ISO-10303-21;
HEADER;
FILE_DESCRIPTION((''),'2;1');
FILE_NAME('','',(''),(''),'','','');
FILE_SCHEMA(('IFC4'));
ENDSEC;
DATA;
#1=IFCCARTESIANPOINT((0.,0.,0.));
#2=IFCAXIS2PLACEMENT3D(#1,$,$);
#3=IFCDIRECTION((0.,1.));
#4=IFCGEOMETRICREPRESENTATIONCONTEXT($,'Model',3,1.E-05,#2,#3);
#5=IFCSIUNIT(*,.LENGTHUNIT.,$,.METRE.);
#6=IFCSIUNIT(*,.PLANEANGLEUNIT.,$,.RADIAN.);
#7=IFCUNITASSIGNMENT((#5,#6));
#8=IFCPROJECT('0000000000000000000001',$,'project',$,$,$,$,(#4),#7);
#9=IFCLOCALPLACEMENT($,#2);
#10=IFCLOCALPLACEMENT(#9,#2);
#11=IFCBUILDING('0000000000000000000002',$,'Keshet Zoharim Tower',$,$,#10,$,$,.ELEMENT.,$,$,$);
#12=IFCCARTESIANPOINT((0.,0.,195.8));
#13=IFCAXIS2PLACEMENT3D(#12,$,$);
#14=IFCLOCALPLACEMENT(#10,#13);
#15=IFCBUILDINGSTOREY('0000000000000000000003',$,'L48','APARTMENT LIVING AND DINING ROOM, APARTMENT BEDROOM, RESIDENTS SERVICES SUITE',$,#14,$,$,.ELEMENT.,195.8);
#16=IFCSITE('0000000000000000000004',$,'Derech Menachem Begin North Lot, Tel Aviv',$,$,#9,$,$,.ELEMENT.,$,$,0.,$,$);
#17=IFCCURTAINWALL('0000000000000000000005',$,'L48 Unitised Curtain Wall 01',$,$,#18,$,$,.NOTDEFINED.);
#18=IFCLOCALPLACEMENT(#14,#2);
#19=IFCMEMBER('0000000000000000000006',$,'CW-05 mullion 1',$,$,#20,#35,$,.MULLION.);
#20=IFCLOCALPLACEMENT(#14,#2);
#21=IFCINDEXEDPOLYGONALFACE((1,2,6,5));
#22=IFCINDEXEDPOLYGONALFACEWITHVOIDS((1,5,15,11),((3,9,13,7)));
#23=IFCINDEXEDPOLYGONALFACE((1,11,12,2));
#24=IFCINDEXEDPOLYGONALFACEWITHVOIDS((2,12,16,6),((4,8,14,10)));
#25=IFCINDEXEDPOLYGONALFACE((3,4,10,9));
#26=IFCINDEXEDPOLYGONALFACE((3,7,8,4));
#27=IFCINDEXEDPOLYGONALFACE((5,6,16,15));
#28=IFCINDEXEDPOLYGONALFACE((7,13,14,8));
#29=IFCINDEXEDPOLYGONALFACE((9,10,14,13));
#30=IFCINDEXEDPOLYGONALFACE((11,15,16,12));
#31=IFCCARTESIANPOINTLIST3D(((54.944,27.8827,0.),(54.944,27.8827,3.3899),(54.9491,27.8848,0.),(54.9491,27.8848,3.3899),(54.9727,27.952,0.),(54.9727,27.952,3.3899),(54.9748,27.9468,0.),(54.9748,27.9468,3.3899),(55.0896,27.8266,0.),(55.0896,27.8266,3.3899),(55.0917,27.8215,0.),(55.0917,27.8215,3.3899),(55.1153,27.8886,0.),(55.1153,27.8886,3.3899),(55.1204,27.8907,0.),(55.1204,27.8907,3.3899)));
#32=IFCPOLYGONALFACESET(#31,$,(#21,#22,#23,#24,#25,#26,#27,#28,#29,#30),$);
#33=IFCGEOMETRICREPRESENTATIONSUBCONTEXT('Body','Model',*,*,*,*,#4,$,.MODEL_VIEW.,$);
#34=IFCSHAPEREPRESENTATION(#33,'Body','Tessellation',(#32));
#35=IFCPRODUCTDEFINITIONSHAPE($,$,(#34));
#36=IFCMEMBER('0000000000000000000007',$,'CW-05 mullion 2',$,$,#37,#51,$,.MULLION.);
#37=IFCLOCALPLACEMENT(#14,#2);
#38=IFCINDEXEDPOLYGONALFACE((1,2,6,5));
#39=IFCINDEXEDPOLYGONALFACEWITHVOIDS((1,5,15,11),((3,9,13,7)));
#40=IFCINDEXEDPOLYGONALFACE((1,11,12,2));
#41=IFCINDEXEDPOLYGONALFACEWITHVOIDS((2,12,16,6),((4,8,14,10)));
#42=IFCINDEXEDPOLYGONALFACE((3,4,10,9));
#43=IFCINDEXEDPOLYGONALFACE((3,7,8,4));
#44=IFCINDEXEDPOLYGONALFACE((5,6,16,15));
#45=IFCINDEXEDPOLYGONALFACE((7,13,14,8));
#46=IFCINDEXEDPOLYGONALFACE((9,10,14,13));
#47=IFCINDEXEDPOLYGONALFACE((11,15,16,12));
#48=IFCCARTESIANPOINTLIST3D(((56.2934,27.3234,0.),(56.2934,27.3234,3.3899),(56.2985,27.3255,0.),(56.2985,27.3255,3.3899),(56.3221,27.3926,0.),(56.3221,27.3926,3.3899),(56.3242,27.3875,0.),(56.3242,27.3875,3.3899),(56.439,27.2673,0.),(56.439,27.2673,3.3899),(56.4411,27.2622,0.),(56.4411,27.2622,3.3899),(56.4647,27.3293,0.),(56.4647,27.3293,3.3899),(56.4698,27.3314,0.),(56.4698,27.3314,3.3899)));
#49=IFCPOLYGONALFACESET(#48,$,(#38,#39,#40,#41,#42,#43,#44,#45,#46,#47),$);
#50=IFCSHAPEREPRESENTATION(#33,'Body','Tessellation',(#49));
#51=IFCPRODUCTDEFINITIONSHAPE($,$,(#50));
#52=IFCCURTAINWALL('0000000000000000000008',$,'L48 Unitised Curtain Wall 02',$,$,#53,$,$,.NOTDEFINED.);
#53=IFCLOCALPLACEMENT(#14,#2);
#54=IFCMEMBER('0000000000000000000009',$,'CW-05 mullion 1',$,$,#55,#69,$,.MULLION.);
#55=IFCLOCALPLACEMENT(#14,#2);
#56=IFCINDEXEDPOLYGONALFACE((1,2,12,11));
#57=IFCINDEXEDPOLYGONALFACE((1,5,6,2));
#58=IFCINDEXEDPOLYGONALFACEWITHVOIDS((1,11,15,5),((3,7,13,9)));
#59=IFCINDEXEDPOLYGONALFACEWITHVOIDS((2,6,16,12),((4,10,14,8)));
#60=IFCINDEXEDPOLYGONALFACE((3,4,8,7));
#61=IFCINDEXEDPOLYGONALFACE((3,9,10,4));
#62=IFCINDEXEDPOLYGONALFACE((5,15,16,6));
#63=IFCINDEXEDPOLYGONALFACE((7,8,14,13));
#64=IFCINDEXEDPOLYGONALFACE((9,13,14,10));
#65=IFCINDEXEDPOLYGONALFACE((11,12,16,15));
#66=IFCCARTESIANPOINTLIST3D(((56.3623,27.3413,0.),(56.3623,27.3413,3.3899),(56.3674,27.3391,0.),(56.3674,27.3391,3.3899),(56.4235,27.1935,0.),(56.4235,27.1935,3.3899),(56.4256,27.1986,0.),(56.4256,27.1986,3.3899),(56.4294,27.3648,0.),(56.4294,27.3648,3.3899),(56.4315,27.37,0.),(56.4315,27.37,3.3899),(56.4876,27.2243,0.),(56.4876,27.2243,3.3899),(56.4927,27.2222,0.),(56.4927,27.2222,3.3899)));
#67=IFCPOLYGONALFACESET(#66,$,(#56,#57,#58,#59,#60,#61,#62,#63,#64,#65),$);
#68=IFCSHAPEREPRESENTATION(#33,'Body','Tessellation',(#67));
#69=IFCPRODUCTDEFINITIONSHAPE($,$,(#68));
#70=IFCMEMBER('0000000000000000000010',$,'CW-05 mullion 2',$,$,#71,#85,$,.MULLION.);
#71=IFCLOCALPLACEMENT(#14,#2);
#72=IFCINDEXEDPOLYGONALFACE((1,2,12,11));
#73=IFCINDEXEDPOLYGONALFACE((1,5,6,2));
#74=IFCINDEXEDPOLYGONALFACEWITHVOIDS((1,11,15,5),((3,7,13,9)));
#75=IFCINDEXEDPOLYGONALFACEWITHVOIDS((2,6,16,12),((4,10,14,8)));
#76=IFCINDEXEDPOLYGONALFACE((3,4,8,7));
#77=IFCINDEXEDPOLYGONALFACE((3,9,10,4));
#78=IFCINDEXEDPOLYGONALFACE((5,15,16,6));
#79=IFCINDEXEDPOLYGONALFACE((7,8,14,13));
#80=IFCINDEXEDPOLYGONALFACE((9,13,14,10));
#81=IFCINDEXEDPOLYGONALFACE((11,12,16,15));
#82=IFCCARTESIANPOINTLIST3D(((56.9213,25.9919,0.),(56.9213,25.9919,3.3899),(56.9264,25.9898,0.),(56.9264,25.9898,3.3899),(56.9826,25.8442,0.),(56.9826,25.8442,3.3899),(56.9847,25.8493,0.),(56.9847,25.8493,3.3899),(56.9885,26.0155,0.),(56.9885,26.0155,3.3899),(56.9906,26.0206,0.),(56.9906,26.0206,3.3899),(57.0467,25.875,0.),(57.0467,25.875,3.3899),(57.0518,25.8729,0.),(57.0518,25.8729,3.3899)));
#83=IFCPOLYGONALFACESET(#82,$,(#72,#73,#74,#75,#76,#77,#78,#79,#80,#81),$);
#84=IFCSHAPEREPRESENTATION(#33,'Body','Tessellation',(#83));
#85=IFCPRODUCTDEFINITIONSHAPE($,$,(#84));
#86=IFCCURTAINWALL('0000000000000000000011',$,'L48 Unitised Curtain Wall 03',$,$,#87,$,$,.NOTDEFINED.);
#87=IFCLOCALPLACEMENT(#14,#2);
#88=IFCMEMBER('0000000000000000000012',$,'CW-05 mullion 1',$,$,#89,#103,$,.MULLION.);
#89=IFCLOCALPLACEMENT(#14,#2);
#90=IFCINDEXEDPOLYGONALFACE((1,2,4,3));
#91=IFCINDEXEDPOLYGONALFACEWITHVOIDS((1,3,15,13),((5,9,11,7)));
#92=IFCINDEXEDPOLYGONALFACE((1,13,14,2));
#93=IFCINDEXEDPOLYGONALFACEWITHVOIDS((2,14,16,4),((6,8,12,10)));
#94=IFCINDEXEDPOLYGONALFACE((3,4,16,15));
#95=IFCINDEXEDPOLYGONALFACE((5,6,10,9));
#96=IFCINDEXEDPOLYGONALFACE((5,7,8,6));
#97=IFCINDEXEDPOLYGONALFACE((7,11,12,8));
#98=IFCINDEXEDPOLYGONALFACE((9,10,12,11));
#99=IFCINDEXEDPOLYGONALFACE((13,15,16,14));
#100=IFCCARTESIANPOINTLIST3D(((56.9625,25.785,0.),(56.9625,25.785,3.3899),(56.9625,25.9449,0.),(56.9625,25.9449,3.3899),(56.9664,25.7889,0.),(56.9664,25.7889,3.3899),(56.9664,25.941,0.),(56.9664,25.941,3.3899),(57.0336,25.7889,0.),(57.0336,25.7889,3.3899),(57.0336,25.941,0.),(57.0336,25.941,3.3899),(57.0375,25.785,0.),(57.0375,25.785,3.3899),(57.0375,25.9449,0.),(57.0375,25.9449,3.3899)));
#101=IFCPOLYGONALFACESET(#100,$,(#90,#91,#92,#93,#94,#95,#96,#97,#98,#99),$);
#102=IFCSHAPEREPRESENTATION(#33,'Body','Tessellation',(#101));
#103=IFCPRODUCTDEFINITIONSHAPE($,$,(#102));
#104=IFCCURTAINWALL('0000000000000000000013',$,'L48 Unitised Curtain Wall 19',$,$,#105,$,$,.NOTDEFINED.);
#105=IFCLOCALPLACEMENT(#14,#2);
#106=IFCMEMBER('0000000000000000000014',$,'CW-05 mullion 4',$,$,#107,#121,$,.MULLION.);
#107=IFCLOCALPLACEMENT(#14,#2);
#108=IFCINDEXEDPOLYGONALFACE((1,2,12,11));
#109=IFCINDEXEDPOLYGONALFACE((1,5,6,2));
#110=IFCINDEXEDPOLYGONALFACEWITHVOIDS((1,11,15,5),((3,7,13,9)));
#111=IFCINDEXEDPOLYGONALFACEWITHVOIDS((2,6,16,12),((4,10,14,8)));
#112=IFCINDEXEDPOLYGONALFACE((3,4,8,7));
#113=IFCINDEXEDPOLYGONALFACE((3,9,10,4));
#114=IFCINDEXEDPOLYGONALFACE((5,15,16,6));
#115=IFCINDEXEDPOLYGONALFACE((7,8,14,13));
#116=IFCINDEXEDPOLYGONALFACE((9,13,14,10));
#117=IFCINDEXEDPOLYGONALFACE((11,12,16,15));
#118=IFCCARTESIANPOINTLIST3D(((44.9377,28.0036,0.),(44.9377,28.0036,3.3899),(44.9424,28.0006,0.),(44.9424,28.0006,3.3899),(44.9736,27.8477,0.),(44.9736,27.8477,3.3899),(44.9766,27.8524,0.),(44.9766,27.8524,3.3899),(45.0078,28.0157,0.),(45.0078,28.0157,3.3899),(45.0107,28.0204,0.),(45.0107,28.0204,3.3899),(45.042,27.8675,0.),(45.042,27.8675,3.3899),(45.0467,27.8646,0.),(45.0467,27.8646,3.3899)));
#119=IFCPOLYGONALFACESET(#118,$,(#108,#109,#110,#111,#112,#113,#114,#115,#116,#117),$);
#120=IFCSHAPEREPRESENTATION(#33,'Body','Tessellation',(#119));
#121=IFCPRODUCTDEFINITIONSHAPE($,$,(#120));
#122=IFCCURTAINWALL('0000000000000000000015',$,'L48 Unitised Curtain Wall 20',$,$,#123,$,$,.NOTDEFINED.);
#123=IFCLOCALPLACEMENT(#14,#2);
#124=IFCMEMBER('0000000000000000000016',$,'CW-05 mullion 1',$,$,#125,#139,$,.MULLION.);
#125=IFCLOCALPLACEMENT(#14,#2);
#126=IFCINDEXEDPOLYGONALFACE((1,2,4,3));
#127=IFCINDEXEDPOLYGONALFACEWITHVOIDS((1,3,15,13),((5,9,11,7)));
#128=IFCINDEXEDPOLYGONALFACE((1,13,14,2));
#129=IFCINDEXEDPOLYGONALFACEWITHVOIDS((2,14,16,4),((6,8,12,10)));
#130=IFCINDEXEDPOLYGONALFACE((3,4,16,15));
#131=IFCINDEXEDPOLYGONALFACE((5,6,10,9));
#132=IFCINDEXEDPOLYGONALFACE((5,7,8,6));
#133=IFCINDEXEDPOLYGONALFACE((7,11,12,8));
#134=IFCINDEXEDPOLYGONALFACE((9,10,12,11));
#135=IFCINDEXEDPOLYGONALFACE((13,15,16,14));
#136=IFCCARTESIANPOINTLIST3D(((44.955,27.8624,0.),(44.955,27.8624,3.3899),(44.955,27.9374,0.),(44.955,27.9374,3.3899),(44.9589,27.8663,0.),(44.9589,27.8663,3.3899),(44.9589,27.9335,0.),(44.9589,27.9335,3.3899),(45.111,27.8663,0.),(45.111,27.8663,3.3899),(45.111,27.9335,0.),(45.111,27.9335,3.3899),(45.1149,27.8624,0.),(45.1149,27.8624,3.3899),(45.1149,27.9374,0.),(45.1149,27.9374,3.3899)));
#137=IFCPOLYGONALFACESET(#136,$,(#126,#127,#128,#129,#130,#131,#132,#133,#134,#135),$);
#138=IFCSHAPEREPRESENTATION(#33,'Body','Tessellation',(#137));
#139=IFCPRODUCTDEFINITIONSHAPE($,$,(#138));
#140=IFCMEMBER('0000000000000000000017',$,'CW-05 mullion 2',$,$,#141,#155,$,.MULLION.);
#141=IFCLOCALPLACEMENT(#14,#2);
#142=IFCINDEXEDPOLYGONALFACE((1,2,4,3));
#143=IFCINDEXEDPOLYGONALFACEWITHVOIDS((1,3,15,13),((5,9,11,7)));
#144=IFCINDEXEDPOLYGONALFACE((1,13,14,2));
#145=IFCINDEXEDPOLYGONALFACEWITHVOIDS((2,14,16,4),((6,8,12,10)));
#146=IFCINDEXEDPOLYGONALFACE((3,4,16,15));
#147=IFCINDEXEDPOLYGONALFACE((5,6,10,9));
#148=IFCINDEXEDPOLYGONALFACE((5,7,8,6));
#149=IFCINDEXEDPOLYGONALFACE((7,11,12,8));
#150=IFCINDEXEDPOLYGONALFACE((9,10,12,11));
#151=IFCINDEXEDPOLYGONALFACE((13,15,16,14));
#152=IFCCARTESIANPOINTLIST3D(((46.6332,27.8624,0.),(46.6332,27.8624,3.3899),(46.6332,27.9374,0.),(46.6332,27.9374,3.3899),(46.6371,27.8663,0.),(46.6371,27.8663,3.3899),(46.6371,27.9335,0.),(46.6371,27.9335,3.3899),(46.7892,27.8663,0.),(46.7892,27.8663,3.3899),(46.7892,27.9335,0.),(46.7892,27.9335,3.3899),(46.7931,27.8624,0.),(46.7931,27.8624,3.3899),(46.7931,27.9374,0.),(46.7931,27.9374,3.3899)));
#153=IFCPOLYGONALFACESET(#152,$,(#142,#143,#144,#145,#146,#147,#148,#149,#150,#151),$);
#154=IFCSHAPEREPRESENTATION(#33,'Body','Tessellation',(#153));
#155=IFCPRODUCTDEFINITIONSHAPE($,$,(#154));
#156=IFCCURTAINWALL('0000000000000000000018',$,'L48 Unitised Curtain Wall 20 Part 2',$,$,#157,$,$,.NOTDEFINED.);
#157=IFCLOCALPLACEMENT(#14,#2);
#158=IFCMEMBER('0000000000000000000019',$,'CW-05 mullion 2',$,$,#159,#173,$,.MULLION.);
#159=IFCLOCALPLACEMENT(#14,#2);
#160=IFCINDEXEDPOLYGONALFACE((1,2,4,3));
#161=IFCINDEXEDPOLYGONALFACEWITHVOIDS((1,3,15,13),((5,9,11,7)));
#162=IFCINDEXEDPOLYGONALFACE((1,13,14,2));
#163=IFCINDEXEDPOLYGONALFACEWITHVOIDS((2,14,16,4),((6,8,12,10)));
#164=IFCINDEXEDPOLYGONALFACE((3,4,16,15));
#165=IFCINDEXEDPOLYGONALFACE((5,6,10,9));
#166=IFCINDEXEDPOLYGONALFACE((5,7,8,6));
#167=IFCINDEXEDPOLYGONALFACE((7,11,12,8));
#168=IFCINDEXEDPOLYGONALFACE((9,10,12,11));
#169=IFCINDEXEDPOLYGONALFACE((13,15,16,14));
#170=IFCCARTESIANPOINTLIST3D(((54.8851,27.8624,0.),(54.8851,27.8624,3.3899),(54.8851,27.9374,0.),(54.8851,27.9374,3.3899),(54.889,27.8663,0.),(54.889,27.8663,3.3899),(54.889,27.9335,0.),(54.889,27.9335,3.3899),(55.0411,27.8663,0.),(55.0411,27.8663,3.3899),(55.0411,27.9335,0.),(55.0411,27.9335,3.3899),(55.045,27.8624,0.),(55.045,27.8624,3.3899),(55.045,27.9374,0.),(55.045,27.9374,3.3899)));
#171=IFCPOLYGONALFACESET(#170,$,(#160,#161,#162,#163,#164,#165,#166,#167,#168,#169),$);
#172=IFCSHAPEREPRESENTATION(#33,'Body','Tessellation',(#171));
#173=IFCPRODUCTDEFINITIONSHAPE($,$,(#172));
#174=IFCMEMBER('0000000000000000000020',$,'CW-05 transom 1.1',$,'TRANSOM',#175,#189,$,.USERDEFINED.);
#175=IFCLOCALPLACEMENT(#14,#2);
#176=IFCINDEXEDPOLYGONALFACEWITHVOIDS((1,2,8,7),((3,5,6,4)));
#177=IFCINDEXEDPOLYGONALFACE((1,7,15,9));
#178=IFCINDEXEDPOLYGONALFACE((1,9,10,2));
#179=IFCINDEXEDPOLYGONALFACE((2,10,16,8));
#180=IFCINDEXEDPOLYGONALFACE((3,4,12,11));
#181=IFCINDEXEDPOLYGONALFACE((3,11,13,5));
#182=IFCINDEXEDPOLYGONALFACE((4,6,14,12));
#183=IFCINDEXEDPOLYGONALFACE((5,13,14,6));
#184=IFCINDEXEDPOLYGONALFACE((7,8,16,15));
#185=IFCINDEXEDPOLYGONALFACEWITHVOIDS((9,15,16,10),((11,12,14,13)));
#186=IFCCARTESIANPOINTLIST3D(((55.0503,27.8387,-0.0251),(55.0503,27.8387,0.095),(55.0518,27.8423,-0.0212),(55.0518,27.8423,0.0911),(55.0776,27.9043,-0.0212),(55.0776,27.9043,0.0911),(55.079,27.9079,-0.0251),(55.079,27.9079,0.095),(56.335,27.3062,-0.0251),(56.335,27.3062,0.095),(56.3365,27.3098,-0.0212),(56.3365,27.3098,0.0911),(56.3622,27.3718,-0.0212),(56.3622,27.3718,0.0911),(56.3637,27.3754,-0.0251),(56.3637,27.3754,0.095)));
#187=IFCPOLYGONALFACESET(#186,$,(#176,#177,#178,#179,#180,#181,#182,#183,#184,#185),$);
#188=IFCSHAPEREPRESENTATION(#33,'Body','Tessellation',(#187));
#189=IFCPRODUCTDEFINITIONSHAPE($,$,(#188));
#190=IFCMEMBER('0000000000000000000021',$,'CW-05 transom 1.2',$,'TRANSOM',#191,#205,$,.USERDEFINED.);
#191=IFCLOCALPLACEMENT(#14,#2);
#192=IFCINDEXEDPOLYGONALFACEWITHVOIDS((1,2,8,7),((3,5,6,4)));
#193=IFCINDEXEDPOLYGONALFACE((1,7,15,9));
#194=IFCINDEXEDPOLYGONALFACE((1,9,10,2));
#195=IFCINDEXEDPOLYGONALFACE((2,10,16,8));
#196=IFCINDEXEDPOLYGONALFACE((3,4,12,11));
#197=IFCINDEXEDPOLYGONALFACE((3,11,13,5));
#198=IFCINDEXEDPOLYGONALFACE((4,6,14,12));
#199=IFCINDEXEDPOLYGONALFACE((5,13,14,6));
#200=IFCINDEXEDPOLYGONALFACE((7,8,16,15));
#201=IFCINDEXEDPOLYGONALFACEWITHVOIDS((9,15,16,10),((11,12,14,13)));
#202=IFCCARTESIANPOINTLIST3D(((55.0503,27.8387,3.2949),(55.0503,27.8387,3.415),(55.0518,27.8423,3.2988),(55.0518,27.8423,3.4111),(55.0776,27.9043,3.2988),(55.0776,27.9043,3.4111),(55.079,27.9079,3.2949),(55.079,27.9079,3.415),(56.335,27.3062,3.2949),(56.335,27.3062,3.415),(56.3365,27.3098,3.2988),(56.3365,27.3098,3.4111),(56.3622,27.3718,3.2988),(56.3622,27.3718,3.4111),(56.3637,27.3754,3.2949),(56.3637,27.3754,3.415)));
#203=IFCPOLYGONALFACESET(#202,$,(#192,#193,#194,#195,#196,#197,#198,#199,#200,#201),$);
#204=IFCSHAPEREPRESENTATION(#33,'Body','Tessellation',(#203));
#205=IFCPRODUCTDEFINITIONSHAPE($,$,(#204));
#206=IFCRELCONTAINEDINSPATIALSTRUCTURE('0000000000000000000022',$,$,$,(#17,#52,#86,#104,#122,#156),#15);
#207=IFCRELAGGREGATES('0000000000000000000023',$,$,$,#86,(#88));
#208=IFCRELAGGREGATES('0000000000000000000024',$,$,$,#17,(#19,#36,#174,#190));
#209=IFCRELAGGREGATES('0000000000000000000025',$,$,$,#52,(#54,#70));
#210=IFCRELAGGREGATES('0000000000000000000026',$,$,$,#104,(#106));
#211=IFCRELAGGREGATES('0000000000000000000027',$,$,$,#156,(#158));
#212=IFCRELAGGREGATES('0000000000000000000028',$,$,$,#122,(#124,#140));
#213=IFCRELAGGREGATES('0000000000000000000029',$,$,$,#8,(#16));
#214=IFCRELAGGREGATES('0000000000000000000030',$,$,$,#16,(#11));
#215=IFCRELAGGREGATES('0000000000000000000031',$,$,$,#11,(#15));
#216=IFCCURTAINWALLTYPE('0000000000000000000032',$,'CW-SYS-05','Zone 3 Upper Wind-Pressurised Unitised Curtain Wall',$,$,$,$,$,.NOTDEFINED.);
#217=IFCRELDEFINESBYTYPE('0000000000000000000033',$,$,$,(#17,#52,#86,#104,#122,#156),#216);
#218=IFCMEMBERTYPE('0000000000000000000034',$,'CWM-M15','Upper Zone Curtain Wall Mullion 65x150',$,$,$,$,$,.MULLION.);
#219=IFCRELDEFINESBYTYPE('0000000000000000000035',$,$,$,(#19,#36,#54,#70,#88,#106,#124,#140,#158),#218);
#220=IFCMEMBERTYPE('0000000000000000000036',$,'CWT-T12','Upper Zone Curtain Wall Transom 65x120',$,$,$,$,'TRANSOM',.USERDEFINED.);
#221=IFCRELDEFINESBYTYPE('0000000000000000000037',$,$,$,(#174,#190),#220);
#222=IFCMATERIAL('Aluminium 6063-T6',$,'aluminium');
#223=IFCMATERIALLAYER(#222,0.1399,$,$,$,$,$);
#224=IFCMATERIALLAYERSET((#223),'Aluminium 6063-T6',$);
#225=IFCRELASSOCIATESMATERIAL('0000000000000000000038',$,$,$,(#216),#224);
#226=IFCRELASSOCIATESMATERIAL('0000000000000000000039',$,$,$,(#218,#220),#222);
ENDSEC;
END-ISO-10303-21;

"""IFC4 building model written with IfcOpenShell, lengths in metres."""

from ifc_helpers import new_model, si_unit, direction, frame, origin, origin_2d, place, context, subcontext, project, spatial, hollow_rectangle, extrude, material, layer, layer_set, material_profile, profile_set, type_object, element, aggregate, save


model = new_model("IFC4")

# Units and contexts
model_context = context("Model", 3, precision=1e-05, world=origin(), true_north=direction((0.0, 1.0)))
body_context = subcontext(model_context, "Body", "Model", "MODEL_VIEW")
ifc_project = project(units=[si_unit("LENGTHUNIT", "METRE"), si_unit("PLANEANGLEUNIT", "RADIAN")], contexts=[model_context])

# Site, building, storey
site_placement = place(None, origin())
site = spatial("IfcSite", under=ifc_project, at=site_placement, Name="Derech Menachem Begin North Lot, Tel Aviv", CompositionType="ELEMENT", RefElevation=0.0)
building_placement = place(site_placement, origin())
building = spatial("IfcBuilding", under=site, at=building_placement, Name="Keshet Zoharim Tower", CompositionType="ELEMENT")
storey_placement = place(building_placement, frame((0.0, 0.0, 195.8)))
storey = spatial("IfcBuildingStorey", under=building, at=storey_placement, Name="L48", Description="APARTMENT LIVING AND DINING ROOM, APARTMENT BEDROOM, RESIDENTS SERVICES SUITE", CompositionType="ELEMENT", Elevation=195.8)

# Curtain walls, members
ifc_material_1 = material(Name="Aluminium 6063-T6", Category="aluminium")
ifc_layer_1 = layer(ifc_material_1, 0.1399)
ifc_layer_set_1 = layer_set([ifc_layer_1], Name="Aluminium 6063-T6")
curtain_wall_type = type_object("IfcCurtainWallType", Name="CW-SYS-05", Description="Zone 3 Upper Wind-Pressurised Unitised Curtain Wall", PredefinedType="NOTDEFINED", material=ifc_layer_set_1)
curtain_wall_1_placement = place(storey_placement, origin())
curtain_wall_1 = element("IfcCurtainWall", 1, at=curtain_wall_1_placement, inside=storey, type_object=curtain_wall_type, Name="L48 Unitised Curtain Wall 01", PredefinedType="NOTDEFINED")
ifc_material_profile_1 = material_profile(ifc_material_1, hollow_rectangle(XDim=0.075, YDim=0.1599, WallThickness=0.0039, at=origin_2d()), Name="MUL-75x160")
ifc_profile_set_1 = profile_set([ifc_material_profile_1], Name="Aluminium 6063-T6")
member_type_1 = type_object("IfcMemberType", Name="CWM-M15", Description="Upper Zone Curtain Wall Mullion 65x150", PredefinedType="MULLION", material=ifc_profile_set_1)
member_1_placement = place(storey_placement, frame((55.0322, 27.8867, 0.0), z_axis=(0.0, 0.0, 1.0), x_axis=(0.382852, 0.92381, 0.0)))
member_1 = element("IfcMember", 2, at=member_1_placement, type_object=member_type_1, Name="CW-05 mullion 1", PredefinedType="MULLION", context=body_context, shape_type="SweptSolid", body=[
    extrude(hollow_rectangle(XDim=0.075, YDim=0.1599, WallThickness=0.0039, at=origin_2d()), origin(), (0.0, 0.0, 1.0), 3.3899),
])
member_2_placement = place(storey_placement, frame((56.3816, 27.3274, 0.0), z_axis=(0.0, 0.0, 1.0), x_axis=(0.382852, 0.92381, 0.0)))
member_2 = element("IfcMember", 3, at=member_2_placement, type_object=member_type_1, Name="CW-05 mullion 2", PredefinedType="MULLION", context=body_context, shape_type="SweptSolid", body=[
    extrude(hollow_rectangle(XDim=0.075, YDim=0.1599, WallThickness=0.0039, at=origin_2d()), origin(), (0.0, 0.0, 1.0), 3.3899),
])
curtain_wall_2_placement = place(storey_placement, origin())
curtain_wall_2 = element("IfcCurtainWall", 4, at=curtain_wall_2_placement, inside=storey, type_object=curtain_wall_type, Name="L48 Unitised Curtain Wall 02", PredefinedType="NOTDEFINED")
member_3_placement = place(storey_placement, frame((56.4275, 27.2817, 0.0), z_axis=(0.0, 0.0, 1.0), x_axis=(0.92381, 0.382852, 0.0)))
member_3 = element("IfcMember", 5, at=member_3_placement, type_object=member_type_1, Name="CW-05 mullion 1", PredefinedType="MULLION", context=body_context, shape_type="SweptSolid", body=[
    extrude(hollow_rectangle(XDim=0.075, YDim=0.1599, WallThickness=0.0039, at=origin_2d()), origin(), (0.0, 0.0, 1.0), 3.3899),
])
member_4_placement = place(storey_placement, frame((56.9866, 25.9324, 0.0), z_axis=(0.0, 0.0, 1.0), x_axis=(0.92381, 0.382852, 0.0)))
member_4 = element("IfcMember", 6, at=member_4_placement, type_object=member_type_1, Name="CW-05 mullion 2", PredefinedType="MULLION", context=body_context, shape_type="SweptSolid", body=[
    extrude(hollow_rectangle(XDim=0.075, YDim=0.1599, WallThickness=0.0039, at=origin_2d()), origin(), (0.0, 0.0, 1.0), 3.3899),
])

# Curtain walls, members
curtain_wall_3_placement = place(storey_placement, origin())
curtain_wall_3 = element("IfcCurtainWall", 7, at=curtain_wall_3_placement, inside=storey, type_object=curtain_wall_type, Name="L48 Unitised Curtain Wall 03", PredefinedType="NOTDEFINED")
member_5_placement = place(storey_placement, frame((57.0, 25.865, 0.0), z_axis=(0.0, 0.0, 1.0), x_axis=(1.0, 0.0, 0.0)))
member_5 = element("IfcMember", 8, at=member_5_placement, type_object=member_type_1, Name="CW-05 mullion 1", PredefinedType="MULLION", context=body_context, shape_type="SweptSolid", body=[
    extrude(hollow_rectangle(XDim=0.075, YDim=0.1599, WallThickness=0.0039, at=origin_2d()), origin(), (0.0, 0.0, 1.0), 3.3899),
])
curtain_wall_4_placement = place(storey_placement, origin())
curtain_wall_4 = element("IfcCurtainWall", 9, at=curtain_wall_4_placement, inside=storey, type_object=curtain_wall_type, Name="L48 Unitised Curtain Wall 19", PredefinedType="NOTDEFINED")
member_6_placement = place(storey_placement, frame((44.9922, 27.9341, 0.0), z_axis=(0.0, 0.0, 1.0), x_axis=(0.974394, 0.224848, 0.0)))
member_6 = element("IfcMember", 10, at=member_6_placement, type_object=member_type_1, Name="CW-05 mullion 4", PredefinedType="MULLION", context=body_context, shape_type="SweptSolid", body=[
    extrude(hollow_rectangle(XDim=0.075, YDim=0.1599, WallThickness=0.0039, at=origin_2d()), origin(), (0.0, 0.0, 1.0), 3.3899),
])

# Curtain wall, members
curtain_wall_5_placement = place(storey_placement, origin())
curtain_wall_5 = element("IfcCurtainWall", 11, at=curtain_wall_5_placement, inside=storey, type_object=curtain_wall_type, Name="L48 Unitised Curtain Wall 20", PredefinedType="NOTDEFINED")
member_7_placement = place(storey_placement, frame((45.0349, 27.8999, 0.0), z_axis=(0.0, 0.0, 1.0), x_axis=(0.0, 1.0, 0.0)))
member_7 = element("IfcMember", 12, at=member_7_placement, type_object=member_type_1, Name="CW-05 mullion 1", PredefinedType="MULLION", context=body_context, shape_type="SweptSolid", body=[
    extrude(hollow_rectangle(XDim=0.075, YDim=0.1599, WallThickness=0.0039, at=origin_2d()), origin(), (0.0, 0.0, 1.0), 3.3899),
])
member_8_placement = place(storey_placement, frame((46.7131, 27.8999, 0.0), z_axis=(0.0, 0.0, 1.0), x_axis=(0.0, 1.0, 0.0)))
member_8 = element("IfcMember", 13, at=member_8_placement, type_object=member_type_1, Name="CW-05 mullion 2", PredefinedType="MULLION", context=body_context, shape_type="SweptSolid", body=[
    extrude(hollow_rectangle(XDim=0.075, YDim=0.1599, WallThickness=0.0039, at=origin_2d()), origin(), (0.0, 0.0, 1.0), 3.3899),
])

# Curtain wall, member
curtain_wall_6_placement = place(storey_placement, origin())
curtain_wall_6 = element("IfcCurtainWall", 14, at=curtain_wall_6_placement, inside=storey, type_object=curtain_wall_type, Name="L48 Unitised Curtain Wall 20 Part 2", PredefinedType="NOTDEFINED")
member_9_placement = place(storey_placement, frame((54.9651, 27.8999, 0.0), z_axis=(0.0, 0.0, 1.0), x_axis=(0.0, 1.0, 0.0)))
member_9 = element("IfcMember", 15, at=member_9_placement, type_object=member_type_1, Name="CW-05 mullion 2", PredefinedType="MULLION", context=body_context, shape_type="SweptSolid", body=[
    extrude(hollow_rectangle(XDim=0.075, YDim=0.1599, WallThickness=0.0039, at=origin_2d()), origin(), (0.0, 0.0, 1.0), 3.3899),
])

# Members
ifc_material_profile_2 = material_profile(ifc_material_1, hollow_rectangle(XDim=0.075, YDim=0.1201, WallThickness=0.0039, at=origin_2d()), Name="TRN-75x120")
ifc_profile_set_2 = profile_set([ifc_material_profile_2], Name="Aluminium 6063-T6")
member_type_2 = type_object("IfcMemberType", Name="CWT-T12", Description="Upper Zone Curtain Wall Transom 65x120", ElementType="TRANSOM", PredefinedType="USERDEFINED", material=ifc_profile_set_2)
member_10_placement = place(storey_placement, frame((55.0647, 27.8733, 0.0349), z_axis=(0.923792, -0.382894, 0.0), x_axis=(0.382894, 0.923792, 0.0)))
member_10 = element("IfcMember", 16, at=member_10_placement, type_object=member_type_2, Name="CW-05 transom 1.1", ObjectType="TRANSOM", PredefinedType="USERDEFINED", context=body_context, shape_type="SweptSolid", body=[
    extrude(hollow_rectangle(XDim=0.075, YDim=0.1201, WallThickness=0.0039, at=origin_2d()), origin(), (0.0, 0.0, 1.0), 1.3906),
])
member_11_placement = place(storey_placement, frame((55.0647, 27.8733, 3.355), z_axis=(0.923792, -0.382894, 0.0), x_axis=(0.382894, 0.923792, 0.0)))
member_11 = element("IfcMember", 17, at=member_11_placement, type_object=member_type_2, Name="CW-05 transom 1.2", ObjectType="TRANSOM", PredefinedType="USERDEFINED", context=body_context, shape_type="SweptSolid", body=[
    extrude(hollow_rectangle(XDim=0.075, YDim=0.1201, WallThickness=0.0039, at=origin_2d()), origin(), (0.0, 0.0, 1.0), 1.3906),
])
aggregate(curtain_wall_3, [member_5])

aggregate(curtain_wall_1, [member_1, member_2, member_10, member_11])
aggregate(curtain_wall_2, [member_3, member_4])
aggregate(curtain_wall_4, [member_6])
aggregate(curtain_wall_6, [member_9])
aggregate(curtain_wall_5, [member_7, member_8])

save(model, "model.ifc")
